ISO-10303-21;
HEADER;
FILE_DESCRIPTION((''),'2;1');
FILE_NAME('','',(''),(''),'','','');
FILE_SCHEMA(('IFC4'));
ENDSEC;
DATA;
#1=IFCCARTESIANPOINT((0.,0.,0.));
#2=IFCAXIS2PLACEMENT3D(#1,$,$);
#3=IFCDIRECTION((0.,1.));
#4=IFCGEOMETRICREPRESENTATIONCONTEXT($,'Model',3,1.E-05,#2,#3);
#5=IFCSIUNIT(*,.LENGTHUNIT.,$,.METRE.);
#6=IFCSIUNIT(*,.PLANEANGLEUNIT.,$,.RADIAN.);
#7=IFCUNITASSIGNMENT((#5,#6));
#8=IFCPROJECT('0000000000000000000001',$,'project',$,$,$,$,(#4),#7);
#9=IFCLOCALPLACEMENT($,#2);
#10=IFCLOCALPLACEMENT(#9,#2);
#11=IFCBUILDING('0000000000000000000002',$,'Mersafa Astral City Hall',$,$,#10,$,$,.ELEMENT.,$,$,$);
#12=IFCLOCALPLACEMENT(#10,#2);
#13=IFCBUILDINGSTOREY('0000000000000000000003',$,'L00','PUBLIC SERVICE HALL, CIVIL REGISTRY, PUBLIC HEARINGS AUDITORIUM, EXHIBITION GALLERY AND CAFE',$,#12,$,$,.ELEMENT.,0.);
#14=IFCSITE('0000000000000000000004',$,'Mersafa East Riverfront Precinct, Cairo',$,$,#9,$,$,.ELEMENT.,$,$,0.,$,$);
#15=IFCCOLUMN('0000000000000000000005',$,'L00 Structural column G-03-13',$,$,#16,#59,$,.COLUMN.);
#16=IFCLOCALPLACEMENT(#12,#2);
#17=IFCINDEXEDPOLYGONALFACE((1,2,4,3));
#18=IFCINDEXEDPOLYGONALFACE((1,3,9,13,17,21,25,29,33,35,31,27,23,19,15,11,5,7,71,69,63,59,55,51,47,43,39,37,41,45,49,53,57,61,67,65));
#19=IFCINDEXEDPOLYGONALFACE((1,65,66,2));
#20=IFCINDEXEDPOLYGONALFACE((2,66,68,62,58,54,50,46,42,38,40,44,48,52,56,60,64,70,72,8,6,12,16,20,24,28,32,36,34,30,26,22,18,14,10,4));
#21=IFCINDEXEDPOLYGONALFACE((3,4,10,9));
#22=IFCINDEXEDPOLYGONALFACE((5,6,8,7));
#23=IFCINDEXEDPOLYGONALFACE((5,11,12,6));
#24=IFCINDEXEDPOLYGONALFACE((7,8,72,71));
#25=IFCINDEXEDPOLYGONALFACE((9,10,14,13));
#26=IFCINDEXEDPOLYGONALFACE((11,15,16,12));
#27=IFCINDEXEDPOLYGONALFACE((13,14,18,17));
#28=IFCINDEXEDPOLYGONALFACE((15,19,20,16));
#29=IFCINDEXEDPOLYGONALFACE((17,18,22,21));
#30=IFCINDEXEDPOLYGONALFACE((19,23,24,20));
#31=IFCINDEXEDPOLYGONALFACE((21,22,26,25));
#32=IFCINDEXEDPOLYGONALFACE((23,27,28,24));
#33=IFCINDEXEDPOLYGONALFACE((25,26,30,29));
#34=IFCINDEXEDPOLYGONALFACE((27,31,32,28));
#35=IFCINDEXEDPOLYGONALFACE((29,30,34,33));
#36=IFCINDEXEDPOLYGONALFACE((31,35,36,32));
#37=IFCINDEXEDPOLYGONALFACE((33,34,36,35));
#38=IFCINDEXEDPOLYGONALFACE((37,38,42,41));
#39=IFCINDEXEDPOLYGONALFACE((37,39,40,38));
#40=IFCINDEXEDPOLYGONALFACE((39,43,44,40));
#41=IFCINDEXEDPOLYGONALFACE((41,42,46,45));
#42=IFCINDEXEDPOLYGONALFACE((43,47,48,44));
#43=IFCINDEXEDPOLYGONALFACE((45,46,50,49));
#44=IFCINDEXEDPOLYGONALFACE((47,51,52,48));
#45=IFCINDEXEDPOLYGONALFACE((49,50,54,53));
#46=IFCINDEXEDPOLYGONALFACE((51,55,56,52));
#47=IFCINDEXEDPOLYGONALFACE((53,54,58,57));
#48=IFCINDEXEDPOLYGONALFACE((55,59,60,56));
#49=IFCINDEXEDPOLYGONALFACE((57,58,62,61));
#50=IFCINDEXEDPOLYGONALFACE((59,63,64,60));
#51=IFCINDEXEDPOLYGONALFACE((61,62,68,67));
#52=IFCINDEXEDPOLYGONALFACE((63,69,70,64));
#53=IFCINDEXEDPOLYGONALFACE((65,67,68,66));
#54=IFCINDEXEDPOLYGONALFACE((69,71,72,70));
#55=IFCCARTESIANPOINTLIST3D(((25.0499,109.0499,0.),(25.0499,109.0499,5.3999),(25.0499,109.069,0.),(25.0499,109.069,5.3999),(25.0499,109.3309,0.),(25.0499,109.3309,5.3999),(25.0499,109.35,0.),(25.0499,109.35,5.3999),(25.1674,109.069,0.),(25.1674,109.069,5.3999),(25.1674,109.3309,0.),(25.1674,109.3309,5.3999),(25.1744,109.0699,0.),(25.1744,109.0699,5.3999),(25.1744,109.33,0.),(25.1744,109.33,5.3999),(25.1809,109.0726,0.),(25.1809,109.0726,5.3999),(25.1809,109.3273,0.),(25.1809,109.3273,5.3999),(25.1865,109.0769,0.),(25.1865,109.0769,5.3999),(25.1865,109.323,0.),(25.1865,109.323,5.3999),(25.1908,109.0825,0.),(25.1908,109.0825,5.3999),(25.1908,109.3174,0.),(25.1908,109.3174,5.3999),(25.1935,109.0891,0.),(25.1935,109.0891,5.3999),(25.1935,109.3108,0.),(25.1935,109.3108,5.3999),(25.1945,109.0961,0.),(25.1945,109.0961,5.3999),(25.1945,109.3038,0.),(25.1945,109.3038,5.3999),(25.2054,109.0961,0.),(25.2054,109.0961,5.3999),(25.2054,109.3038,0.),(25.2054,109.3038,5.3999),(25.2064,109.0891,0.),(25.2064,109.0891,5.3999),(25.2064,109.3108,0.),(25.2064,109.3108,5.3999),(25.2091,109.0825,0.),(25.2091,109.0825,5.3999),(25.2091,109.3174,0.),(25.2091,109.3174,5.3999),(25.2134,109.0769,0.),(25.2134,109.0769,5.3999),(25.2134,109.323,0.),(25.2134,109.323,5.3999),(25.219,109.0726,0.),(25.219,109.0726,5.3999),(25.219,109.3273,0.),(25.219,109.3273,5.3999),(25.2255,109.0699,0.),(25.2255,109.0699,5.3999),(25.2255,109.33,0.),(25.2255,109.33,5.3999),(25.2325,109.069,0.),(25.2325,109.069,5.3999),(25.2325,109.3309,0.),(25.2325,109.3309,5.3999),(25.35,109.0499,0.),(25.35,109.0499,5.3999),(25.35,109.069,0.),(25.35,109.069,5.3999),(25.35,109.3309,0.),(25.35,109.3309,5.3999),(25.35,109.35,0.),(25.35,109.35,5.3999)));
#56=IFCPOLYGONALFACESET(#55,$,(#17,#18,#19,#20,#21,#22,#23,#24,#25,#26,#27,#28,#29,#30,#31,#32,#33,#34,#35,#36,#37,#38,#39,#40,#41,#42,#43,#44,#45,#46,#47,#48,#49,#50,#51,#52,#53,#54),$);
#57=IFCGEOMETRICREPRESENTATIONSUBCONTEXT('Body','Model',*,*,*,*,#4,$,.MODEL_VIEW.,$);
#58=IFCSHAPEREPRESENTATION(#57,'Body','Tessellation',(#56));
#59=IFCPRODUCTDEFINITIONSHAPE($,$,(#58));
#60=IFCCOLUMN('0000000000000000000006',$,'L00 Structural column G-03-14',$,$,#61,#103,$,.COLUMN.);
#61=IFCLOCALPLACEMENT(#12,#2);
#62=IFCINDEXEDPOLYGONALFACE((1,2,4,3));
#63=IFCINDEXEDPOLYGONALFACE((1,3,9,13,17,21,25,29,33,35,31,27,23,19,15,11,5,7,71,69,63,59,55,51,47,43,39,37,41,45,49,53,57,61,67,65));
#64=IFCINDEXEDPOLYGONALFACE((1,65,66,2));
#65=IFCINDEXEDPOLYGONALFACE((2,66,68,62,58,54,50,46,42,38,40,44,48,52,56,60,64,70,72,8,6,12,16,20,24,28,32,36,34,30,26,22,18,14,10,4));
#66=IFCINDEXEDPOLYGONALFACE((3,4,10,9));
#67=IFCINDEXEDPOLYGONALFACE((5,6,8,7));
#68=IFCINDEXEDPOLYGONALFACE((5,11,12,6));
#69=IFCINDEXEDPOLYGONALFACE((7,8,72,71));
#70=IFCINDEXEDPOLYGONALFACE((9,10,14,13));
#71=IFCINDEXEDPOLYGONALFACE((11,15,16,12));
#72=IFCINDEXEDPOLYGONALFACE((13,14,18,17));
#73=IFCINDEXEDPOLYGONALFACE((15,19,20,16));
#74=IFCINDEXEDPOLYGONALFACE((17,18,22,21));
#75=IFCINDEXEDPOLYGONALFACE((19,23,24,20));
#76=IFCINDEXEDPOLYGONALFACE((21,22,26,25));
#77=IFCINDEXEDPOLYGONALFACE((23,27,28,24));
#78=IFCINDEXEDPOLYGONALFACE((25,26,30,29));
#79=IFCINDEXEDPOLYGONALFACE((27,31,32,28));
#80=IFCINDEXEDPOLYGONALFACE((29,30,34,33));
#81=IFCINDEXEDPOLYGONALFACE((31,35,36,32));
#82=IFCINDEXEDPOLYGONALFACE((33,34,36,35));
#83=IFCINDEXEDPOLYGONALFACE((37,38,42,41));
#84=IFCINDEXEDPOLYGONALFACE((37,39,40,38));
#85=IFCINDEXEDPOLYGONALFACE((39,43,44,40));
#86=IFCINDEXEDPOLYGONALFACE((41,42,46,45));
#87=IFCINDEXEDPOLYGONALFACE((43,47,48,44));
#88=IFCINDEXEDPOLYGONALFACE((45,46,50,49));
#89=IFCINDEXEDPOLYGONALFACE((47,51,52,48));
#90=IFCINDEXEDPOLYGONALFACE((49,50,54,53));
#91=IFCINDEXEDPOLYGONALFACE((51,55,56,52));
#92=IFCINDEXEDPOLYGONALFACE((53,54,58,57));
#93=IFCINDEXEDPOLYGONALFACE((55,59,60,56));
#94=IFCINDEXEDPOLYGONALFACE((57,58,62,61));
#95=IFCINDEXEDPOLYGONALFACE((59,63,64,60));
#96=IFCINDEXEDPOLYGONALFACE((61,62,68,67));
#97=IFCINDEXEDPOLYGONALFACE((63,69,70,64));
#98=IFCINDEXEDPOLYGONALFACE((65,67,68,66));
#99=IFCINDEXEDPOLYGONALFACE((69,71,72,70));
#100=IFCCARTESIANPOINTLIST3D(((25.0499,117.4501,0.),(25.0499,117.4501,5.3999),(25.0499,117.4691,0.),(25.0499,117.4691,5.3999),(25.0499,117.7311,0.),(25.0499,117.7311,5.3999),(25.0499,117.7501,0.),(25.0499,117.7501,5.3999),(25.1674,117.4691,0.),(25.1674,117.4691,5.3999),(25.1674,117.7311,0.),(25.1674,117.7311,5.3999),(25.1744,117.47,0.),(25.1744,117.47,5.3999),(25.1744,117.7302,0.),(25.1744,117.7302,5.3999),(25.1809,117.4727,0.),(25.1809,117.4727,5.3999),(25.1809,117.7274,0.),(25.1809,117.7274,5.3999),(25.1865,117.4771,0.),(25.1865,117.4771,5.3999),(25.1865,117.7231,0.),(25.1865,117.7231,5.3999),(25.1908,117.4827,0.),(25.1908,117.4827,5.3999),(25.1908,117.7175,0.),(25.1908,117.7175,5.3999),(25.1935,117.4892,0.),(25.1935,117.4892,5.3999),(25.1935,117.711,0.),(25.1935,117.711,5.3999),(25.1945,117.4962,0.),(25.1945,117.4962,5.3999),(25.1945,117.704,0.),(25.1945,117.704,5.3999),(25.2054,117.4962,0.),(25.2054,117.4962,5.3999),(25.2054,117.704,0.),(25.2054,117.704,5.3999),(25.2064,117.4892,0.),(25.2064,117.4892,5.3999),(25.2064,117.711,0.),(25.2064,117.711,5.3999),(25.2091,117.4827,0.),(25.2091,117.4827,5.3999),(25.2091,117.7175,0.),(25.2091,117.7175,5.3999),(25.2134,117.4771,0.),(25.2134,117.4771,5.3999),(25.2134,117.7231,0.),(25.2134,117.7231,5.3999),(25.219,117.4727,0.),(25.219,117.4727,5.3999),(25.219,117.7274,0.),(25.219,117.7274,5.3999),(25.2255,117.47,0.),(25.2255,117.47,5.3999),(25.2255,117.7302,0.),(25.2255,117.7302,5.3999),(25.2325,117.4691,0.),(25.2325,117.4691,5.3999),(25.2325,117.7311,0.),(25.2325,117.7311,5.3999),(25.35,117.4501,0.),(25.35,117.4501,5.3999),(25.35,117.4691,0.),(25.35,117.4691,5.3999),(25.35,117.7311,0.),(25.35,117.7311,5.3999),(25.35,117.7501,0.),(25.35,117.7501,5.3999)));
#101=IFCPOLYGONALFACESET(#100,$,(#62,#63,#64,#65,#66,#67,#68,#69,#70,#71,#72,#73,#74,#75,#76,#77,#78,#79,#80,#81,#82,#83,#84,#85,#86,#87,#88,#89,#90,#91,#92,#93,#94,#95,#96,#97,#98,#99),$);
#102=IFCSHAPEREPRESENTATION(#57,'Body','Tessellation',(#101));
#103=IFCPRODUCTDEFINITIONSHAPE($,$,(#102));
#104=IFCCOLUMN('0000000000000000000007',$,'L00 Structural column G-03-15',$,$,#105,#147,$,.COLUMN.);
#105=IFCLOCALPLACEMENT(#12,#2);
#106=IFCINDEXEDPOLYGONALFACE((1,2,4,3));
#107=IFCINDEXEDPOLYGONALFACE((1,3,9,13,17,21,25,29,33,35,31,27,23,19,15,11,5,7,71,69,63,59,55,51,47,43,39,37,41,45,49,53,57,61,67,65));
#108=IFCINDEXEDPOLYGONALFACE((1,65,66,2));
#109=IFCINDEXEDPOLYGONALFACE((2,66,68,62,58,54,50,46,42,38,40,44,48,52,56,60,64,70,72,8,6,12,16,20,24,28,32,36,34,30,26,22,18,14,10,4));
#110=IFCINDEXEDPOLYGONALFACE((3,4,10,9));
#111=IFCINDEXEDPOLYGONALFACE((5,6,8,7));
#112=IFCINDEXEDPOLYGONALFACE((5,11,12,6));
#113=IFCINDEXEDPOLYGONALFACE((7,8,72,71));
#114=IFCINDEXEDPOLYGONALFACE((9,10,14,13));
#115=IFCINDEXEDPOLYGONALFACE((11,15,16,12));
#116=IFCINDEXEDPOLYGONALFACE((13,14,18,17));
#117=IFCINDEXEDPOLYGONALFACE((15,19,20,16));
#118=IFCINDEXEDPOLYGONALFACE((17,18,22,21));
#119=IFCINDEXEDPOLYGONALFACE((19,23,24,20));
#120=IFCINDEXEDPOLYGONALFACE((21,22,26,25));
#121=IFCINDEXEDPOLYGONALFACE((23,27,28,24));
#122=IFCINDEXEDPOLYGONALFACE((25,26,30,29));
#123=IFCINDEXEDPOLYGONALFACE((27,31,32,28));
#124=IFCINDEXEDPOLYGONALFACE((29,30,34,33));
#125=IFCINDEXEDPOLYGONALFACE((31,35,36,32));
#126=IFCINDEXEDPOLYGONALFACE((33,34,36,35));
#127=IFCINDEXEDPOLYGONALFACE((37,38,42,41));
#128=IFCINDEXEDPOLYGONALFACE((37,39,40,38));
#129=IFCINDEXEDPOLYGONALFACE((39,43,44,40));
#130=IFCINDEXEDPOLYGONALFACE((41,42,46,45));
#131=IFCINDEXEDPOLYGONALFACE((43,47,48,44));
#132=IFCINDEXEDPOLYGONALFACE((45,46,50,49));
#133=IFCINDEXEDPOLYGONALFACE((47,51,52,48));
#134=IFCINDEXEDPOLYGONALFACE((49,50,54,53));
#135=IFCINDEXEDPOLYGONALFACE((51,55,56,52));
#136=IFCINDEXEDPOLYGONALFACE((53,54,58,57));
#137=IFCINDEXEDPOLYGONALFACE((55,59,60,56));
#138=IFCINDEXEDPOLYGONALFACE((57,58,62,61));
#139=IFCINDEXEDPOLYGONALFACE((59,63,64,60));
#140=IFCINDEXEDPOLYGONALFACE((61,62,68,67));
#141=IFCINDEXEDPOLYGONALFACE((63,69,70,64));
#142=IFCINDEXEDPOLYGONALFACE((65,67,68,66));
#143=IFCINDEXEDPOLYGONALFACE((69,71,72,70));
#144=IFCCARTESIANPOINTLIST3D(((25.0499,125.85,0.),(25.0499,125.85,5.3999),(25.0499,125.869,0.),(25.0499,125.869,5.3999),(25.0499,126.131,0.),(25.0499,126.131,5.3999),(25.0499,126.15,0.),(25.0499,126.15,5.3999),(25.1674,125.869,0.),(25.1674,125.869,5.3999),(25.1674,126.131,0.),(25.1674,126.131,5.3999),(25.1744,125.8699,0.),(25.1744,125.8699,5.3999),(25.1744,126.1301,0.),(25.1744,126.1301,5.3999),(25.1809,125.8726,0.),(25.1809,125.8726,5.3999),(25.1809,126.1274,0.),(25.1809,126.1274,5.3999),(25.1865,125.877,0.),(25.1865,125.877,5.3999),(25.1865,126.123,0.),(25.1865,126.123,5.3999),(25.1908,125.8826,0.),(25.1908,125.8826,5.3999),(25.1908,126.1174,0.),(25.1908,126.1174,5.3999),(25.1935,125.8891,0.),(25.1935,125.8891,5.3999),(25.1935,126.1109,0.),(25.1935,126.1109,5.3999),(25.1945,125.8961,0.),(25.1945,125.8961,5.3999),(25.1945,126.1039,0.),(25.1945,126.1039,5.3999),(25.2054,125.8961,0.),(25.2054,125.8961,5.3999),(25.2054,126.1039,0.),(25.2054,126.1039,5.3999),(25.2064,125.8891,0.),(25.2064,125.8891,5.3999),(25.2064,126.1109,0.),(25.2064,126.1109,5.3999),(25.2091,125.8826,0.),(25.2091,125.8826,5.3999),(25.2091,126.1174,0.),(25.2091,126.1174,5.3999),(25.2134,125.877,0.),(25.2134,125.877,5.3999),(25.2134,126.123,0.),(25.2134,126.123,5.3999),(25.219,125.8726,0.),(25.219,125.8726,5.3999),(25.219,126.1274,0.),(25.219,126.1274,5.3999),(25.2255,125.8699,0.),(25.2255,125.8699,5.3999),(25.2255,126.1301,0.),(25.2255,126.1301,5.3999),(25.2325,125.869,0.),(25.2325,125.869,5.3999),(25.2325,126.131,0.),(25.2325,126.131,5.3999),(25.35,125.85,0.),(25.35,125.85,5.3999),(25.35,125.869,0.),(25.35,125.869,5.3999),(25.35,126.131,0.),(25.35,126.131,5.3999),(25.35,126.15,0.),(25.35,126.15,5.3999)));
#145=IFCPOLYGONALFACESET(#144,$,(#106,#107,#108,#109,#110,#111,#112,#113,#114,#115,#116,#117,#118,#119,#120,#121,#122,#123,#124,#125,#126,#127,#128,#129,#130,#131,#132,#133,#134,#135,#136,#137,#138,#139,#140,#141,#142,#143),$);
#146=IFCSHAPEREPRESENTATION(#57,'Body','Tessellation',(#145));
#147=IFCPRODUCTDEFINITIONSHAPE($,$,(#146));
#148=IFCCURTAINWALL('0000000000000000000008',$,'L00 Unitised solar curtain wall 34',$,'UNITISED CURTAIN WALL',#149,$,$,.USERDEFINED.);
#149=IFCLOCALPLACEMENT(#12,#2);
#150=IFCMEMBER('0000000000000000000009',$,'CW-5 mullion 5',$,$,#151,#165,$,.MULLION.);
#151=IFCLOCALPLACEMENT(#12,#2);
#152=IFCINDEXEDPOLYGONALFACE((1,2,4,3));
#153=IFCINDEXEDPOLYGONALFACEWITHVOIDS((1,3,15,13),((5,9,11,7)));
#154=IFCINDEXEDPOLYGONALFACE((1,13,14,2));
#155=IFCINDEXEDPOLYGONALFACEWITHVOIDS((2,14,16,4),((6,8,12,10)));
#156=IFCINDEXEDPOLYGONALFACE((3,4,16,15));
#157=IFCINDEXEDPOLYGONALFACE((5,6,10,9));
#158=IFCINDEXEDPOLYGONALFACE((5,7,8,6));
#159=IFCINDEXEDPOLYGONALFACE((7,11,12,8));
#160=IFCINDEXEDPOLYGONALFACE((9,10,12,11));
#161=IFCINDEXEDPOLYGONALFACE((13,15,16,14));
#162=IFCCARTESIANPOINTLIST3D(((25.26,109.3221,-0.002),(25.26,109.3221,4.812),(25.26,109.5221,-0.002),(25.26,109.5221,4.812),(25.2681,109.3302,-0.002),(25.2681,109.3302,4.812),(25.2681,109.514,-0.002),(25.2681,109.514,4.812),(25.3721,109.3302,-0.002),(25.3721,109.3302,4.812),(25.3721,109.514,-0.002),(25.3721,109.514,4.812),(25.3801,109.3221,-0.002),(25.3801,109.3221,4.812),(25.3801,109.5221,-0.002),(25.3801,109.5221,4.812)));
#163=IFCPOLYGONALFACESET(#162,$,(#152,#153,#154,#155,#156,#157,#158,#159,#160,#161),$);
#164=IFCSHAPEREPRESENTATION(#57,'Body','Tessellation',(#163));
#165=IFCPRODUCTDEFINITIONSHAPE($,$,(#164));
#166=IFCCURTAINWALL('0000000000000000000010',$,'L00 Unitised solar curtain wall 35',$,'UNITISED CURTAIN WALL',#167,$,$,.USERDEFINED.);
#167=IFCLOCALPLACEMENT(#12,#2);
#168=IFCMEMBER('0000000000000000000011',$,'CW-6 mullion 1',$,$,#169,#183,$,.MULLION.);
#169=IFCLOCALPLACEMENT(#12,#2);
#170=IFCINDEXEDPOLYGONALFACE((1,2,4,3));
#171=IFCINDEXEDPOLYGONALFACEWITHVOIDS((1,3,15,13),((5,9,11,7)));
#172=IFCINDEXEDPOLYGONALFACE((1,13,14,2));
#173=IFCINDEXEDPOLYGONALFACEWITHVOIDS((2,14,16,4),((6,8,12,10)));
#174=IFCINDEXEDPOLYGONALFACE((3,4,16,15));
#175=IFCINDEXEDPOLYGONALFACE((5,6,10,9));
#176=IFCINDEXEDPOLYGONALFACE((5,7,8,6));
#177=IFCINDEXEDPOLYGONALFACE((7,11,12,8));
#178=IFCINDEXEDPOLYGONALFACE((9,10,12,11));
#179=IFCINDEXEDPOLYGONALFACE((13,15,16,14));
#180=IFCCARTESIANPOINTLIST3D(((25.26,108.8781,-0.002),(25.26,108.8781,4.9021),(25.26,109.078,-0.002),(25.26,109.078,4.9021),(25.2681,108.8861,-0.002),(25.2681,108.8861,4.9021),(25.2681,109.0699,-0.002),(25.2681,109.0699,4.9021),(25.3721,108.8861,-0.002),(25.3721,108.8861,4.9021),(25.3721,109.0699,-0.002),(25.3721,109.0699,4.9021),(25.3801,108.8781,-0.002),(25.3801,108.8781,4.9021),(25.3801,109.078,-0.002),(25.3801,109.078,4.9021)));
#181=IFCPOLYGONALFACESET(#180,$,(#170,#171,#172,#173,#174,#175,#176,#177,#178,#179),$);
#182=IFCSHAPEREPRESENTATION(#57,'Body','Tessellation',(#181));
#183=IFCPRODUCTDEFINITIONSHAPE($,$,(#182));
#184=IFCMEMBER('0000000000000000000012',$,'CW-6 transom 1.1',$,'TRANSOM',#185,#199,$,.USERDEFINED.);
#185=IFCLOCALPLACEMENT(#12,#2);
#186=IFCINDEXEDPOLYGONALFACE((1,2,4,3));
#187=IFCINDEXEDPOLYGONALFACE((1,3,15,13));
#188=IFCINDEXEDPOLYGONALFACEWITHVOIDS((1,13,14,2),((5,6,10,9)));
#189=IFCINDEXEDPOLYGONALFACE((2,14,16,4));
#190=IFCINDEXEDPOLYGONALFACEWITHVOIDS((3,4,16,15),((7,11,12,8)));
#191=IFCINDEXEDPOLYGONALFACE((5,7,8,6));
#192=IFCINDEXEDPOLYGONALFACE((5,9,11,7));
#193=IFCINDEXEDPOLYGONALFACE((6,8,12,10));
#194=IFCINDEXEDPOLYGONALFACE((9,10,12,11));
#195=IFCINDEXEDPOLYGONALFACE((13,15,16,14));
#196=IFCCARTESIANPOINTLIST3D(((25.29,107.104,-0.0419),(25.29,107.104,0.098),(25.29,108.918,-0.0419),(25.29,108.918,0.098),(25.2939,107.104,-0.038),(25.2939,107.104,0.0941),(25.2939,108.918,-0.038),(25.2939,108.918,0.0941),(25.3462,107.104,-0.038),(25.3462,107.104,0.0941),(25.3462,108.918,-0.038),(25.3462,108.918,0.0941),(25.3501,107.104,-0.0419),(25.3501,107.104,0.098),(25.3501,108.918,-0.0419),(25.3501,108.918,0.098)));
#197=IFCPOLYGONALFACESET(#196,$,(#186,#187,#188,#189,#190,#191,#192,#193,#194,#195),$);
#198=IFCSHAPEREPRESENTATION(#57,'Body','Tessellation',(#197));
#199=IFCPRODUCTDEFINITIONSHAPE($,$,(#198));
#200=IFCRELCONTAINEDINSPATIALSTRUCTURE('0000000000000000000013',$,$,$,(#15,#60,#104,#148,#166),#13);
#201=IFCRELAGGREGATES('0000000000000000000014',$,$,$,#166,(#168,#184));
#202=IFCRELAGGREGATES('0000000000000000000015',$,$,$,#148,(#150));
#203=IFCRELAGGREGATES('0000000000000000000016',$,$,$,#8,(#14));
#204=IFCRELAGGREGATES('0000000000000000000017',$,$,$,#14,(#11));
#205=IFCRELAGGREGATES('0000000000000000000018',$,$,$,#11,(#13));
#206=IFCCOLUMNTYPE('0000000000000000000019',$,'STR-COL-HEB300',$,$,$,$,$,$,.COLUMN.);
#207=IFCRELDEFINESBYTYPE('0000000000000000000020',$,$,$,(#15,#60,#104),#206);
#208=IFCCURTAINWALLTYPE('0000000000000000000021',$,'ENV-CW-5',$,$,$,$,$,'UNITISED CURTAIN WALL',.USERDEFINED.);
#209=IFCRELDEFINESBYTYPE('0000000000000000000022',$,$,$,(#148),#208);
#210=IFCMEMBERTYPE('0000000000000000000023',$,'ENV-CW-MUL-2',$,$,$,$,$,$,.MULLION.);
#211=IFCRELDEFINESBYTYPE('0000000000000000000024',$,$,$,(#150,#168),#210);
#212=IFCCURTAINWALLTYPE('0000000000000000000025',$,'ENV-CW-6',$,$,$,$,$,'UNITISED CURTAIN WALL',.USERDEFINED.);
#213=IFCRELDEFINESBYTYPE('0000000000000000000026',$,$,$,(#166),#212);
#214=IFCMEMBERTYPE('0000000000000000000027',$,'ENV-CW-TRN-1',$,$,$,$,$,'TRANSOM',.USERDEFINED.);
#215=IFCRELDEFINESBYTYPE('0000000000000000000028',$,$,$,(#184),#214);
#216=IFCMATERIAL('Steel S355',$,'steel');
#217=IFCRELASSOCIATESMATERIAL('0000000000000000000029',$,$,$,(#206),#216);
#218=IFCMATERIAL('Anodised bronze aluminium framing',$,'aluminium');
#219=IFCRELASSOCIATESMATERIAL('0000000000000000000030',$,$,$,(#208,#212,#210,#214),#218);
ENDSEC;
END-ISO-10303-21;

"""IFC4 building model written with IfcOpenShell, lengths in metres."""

from ifc_helpers import new_model, si_unit, direction, frame, origin, origin_2d, place, context, subcontext, project, spatial, hollow_rectangle, i_section, extrude, material, material_profile, profile_set, type_object, element, aggregate, save


model = new_model("IFC4")

# Units and contexts
model_context = context("Model", 3, precision=1e-05, world=origin(), true_north=direction((0.0, 1.0)))
body_context = subcontext(model_context, "Body", "Model", "MODEL_VIEW")
ifc_project = project(units=[si_unit("LENGTHUNIT", "METRE"), si_unit("PLANEANGLEUNIT", "RADIAN")], contexts=[model_context])

# Site, building, storey
site_placement = place(None, origin())
site = spatial("IfcSite", under=ifc_project, at=site_placement, Name="Mersafa East Riverfront Precinct, Cairo", CompositionType="ELEMENT", RefElevation=0.0)
building_placement = place(site_placement, origin())
building = spatial("IfcBuilding", under=site, at=building_placement, Name="Mersafa Astral City Hall", CompositionType="ELEMENT")
storey_placement = place(building_placement, origin())
storey = spatial("IfcBuildingStorey", under=building, at=storey_placement, Name="L00", Description="PUBLIC SERVICE HALL, CIVIL REGISTRY, PUBLIC HEARINGS AUDITORIUM, EXHIBITION GALLERY AND CAFE", CompositionType="ELEMENT", Elevation=0.0)

# Columns
ifc_material_1 = material(Name="Steel S355", Category="steel")
ifc_material_profile_1 = material_profile(ifc_material_1, i_section(OverallWidth=0.3, OverallDepth=0.3, WebThickness=0.011, FlangeThickness=0.019, FilletRadius=0.0271, at=origin_2d()), Name="HEB 300")
ifc_profile_set_1 = profile_set([ifc_material_profile_1], Name="Steel S355")
column_type = type_object("IfcColumnType", Name="STR-COL-HEB300", PredefinedType="COLUMN", material=ifc_profile_set_1)
for number, where, z_axis, x_axis, name in (
    (1, (25.2, 109.2, 0.0), (0.0, 0.0, 1.0), (1.0, 0.0, 0.0), "L00 Structural column G-03-13"),
    (2, (25.2, 117.6001, 0.0), (0.0, 0.0, 1.0), (1.0, 0.0, 0.0), "L00 Structural column G-03-14"),
    (3, (25.2, 126.0, 0.0), (0.0, 0.0, 1.0), (1.0, 0.0, 0.0), "L00 Structural column G-03-15"),
):
    element("IfcColumn", number, at=place(storey_placement, frame(where, z_axis=z_axis, x_axis=x_axis)), inside=storey, type_object=column_type, Name=name, PredefinedType="COLUMN", context=body_context, shape_type="SweptSolid", body=[
        extrude(i_section(OverallWidth=0.3, OverallDepth=0.3, WebThickness=0.011, FlangeThickness=0.019, FilletRadius=0.0271, at=origin_2d()), origin(), (0.0, 0.0, 1.0), 5.3999),
    ])

# Curtain wall, member
ifc_material_2 = material(Name="Anodised bronze aluminium framing", Category="aluminium")
curtain_wall_type_1 = type_object("IfcCurtainWallType", Name="ENV-CW-5", ElementType="UNITISED CURTAIN WALL", PredefinedType="USERDEFINED", material=ifc_material_2)
curtain_wall_1_placement = place(storey_placement, origin())
curtain_wall_1 = element("IfcCurtainWall", 4, at=curtain_wall_1_placement, inside=storey, type_object=curtain_wall_type_1, Name="L00 Unitised solar curtain wall 34", ObjectType="UNITISED CURTAIN WALL", PredefinedType="USERDEFINED")
ifc_material_profile_2 = material_profile(ifc_material_2, hollow_rectangle(XDim=0.1201, YDim=0.2, WallThickness=0.0081, at=origin_2d()), Name="RHS 120x200x8")
ifc_profile_set_2 = profile_set([ifc_material_profile_2], Name="Anodised bronze aluminium framing")
member_type_1 = type_object("IfcMemberType", Name="ENV-CW-MUL-2", PredefinedType="MULLION", material=ifc_profile_set_2)
member_1_placement = place(storey_placement, frame((25.3201, 109.4221, -0.002), z_axis=(0.0, 0.0, 1.0), x_axis=(1.0, 0.0, 0.0)))
member_1 = element("IfcMember", 5, at=member_1_placement, type_object=member_type_1, Name="CW-5 mullion 5", PredefinedType="MULLION", context=body_context, shape_type="SweptSolid", body=[
    extrude(hollow_rectangle(XDim=0.1201, YDim=0.2, WallThickness=0.0081, at=origin_2d()), origin(), (0.0, 0.0, 1.0), 4.814),
])

# Curtain wall, members
curtain_wall_type_2 = type_object("IfcCurtainWallType", Name="ENV-CW-6", ElementType="UNITISED CURTAIN WALL", PredefinedType="USERDEFINED", material=ifc_material_2)
curtain_wall_2_placement = place(storey_placement, origin())
curtain_wall_2 = element("IfcCurtainWall", 6, at=curtain_wall_2_placement, inside=storey, type_object=curtain_wall_type_2, Name="L00 Unitised solar curtain wall 35", ObjectType="UNITISED CURTAIN WALL", PredefinedType="USERDEFINED")
member_2_placement = place(storey_placement, frame((25.3201, 108.978, -0.002), z_axis=(0.0, 0.0, 1.0), x_axis=(1.0, 0.0, 0.0)))
member_2 = element("IfcMember", 7, at=member_2_placement, type_object=member_type_1, Name="CW-6 mullion 1", PredefinedType="MULLION", context=body_context, shape_type="SweptSolid", body=[
    extrude(hollow_rectangle(XDim=0.1201, YDim=0.2, WallThickness=0.0081, at=origin_2d()), origin(), (0.0, 0.0, 1.0), 4.9041),
])
ifc_material_profile_3 = material_profile(ifc_material_2, hollow_rectangle(XDim=0.0601, YDim=0.1399, WallThickness=0.0039, at=origin_2d()), Name="RHS 60x140x4")
ifc_profile_set_3 = profile_set([ifc_material_profile_3], Name="Anodised bronze aluminium framing")
member_type_2 = type_object("IfcMemberType", Name="ENV-CW-TRN-1", ElementType="TRANSOM", PredefinedType="USERDEFINED", material=ifc_profile_set_3)
member_3_placement = place(storey_placement, frame((25.3201, 108.918, 0.0281), z_axis=(0.0, -1.0, 0.0), x_axis=(1.0, 0.0, 0.0)))
member_3 = element("IfcMember", 8, at=member_3_placement, type_object=member_type_2, Name="CW-6 transom 1.1", ObjectType="TRANSOM", PredefinedType="USERDEFINED", context=body_context, shape_type="SweptSolid", body=[
    extrude(hollow_rectangle(XDim=0.0601, YDim=0.1399, WallThickness=0.0039, at=origin_2d()), origin(), (0.0, 0.0, 1.0), 1.814),
])
aggregate(curtain_wall_2, [member_2, member_3])

aggregate(curtain_wall_1, [member_1])

save(model, "model.ifc")
